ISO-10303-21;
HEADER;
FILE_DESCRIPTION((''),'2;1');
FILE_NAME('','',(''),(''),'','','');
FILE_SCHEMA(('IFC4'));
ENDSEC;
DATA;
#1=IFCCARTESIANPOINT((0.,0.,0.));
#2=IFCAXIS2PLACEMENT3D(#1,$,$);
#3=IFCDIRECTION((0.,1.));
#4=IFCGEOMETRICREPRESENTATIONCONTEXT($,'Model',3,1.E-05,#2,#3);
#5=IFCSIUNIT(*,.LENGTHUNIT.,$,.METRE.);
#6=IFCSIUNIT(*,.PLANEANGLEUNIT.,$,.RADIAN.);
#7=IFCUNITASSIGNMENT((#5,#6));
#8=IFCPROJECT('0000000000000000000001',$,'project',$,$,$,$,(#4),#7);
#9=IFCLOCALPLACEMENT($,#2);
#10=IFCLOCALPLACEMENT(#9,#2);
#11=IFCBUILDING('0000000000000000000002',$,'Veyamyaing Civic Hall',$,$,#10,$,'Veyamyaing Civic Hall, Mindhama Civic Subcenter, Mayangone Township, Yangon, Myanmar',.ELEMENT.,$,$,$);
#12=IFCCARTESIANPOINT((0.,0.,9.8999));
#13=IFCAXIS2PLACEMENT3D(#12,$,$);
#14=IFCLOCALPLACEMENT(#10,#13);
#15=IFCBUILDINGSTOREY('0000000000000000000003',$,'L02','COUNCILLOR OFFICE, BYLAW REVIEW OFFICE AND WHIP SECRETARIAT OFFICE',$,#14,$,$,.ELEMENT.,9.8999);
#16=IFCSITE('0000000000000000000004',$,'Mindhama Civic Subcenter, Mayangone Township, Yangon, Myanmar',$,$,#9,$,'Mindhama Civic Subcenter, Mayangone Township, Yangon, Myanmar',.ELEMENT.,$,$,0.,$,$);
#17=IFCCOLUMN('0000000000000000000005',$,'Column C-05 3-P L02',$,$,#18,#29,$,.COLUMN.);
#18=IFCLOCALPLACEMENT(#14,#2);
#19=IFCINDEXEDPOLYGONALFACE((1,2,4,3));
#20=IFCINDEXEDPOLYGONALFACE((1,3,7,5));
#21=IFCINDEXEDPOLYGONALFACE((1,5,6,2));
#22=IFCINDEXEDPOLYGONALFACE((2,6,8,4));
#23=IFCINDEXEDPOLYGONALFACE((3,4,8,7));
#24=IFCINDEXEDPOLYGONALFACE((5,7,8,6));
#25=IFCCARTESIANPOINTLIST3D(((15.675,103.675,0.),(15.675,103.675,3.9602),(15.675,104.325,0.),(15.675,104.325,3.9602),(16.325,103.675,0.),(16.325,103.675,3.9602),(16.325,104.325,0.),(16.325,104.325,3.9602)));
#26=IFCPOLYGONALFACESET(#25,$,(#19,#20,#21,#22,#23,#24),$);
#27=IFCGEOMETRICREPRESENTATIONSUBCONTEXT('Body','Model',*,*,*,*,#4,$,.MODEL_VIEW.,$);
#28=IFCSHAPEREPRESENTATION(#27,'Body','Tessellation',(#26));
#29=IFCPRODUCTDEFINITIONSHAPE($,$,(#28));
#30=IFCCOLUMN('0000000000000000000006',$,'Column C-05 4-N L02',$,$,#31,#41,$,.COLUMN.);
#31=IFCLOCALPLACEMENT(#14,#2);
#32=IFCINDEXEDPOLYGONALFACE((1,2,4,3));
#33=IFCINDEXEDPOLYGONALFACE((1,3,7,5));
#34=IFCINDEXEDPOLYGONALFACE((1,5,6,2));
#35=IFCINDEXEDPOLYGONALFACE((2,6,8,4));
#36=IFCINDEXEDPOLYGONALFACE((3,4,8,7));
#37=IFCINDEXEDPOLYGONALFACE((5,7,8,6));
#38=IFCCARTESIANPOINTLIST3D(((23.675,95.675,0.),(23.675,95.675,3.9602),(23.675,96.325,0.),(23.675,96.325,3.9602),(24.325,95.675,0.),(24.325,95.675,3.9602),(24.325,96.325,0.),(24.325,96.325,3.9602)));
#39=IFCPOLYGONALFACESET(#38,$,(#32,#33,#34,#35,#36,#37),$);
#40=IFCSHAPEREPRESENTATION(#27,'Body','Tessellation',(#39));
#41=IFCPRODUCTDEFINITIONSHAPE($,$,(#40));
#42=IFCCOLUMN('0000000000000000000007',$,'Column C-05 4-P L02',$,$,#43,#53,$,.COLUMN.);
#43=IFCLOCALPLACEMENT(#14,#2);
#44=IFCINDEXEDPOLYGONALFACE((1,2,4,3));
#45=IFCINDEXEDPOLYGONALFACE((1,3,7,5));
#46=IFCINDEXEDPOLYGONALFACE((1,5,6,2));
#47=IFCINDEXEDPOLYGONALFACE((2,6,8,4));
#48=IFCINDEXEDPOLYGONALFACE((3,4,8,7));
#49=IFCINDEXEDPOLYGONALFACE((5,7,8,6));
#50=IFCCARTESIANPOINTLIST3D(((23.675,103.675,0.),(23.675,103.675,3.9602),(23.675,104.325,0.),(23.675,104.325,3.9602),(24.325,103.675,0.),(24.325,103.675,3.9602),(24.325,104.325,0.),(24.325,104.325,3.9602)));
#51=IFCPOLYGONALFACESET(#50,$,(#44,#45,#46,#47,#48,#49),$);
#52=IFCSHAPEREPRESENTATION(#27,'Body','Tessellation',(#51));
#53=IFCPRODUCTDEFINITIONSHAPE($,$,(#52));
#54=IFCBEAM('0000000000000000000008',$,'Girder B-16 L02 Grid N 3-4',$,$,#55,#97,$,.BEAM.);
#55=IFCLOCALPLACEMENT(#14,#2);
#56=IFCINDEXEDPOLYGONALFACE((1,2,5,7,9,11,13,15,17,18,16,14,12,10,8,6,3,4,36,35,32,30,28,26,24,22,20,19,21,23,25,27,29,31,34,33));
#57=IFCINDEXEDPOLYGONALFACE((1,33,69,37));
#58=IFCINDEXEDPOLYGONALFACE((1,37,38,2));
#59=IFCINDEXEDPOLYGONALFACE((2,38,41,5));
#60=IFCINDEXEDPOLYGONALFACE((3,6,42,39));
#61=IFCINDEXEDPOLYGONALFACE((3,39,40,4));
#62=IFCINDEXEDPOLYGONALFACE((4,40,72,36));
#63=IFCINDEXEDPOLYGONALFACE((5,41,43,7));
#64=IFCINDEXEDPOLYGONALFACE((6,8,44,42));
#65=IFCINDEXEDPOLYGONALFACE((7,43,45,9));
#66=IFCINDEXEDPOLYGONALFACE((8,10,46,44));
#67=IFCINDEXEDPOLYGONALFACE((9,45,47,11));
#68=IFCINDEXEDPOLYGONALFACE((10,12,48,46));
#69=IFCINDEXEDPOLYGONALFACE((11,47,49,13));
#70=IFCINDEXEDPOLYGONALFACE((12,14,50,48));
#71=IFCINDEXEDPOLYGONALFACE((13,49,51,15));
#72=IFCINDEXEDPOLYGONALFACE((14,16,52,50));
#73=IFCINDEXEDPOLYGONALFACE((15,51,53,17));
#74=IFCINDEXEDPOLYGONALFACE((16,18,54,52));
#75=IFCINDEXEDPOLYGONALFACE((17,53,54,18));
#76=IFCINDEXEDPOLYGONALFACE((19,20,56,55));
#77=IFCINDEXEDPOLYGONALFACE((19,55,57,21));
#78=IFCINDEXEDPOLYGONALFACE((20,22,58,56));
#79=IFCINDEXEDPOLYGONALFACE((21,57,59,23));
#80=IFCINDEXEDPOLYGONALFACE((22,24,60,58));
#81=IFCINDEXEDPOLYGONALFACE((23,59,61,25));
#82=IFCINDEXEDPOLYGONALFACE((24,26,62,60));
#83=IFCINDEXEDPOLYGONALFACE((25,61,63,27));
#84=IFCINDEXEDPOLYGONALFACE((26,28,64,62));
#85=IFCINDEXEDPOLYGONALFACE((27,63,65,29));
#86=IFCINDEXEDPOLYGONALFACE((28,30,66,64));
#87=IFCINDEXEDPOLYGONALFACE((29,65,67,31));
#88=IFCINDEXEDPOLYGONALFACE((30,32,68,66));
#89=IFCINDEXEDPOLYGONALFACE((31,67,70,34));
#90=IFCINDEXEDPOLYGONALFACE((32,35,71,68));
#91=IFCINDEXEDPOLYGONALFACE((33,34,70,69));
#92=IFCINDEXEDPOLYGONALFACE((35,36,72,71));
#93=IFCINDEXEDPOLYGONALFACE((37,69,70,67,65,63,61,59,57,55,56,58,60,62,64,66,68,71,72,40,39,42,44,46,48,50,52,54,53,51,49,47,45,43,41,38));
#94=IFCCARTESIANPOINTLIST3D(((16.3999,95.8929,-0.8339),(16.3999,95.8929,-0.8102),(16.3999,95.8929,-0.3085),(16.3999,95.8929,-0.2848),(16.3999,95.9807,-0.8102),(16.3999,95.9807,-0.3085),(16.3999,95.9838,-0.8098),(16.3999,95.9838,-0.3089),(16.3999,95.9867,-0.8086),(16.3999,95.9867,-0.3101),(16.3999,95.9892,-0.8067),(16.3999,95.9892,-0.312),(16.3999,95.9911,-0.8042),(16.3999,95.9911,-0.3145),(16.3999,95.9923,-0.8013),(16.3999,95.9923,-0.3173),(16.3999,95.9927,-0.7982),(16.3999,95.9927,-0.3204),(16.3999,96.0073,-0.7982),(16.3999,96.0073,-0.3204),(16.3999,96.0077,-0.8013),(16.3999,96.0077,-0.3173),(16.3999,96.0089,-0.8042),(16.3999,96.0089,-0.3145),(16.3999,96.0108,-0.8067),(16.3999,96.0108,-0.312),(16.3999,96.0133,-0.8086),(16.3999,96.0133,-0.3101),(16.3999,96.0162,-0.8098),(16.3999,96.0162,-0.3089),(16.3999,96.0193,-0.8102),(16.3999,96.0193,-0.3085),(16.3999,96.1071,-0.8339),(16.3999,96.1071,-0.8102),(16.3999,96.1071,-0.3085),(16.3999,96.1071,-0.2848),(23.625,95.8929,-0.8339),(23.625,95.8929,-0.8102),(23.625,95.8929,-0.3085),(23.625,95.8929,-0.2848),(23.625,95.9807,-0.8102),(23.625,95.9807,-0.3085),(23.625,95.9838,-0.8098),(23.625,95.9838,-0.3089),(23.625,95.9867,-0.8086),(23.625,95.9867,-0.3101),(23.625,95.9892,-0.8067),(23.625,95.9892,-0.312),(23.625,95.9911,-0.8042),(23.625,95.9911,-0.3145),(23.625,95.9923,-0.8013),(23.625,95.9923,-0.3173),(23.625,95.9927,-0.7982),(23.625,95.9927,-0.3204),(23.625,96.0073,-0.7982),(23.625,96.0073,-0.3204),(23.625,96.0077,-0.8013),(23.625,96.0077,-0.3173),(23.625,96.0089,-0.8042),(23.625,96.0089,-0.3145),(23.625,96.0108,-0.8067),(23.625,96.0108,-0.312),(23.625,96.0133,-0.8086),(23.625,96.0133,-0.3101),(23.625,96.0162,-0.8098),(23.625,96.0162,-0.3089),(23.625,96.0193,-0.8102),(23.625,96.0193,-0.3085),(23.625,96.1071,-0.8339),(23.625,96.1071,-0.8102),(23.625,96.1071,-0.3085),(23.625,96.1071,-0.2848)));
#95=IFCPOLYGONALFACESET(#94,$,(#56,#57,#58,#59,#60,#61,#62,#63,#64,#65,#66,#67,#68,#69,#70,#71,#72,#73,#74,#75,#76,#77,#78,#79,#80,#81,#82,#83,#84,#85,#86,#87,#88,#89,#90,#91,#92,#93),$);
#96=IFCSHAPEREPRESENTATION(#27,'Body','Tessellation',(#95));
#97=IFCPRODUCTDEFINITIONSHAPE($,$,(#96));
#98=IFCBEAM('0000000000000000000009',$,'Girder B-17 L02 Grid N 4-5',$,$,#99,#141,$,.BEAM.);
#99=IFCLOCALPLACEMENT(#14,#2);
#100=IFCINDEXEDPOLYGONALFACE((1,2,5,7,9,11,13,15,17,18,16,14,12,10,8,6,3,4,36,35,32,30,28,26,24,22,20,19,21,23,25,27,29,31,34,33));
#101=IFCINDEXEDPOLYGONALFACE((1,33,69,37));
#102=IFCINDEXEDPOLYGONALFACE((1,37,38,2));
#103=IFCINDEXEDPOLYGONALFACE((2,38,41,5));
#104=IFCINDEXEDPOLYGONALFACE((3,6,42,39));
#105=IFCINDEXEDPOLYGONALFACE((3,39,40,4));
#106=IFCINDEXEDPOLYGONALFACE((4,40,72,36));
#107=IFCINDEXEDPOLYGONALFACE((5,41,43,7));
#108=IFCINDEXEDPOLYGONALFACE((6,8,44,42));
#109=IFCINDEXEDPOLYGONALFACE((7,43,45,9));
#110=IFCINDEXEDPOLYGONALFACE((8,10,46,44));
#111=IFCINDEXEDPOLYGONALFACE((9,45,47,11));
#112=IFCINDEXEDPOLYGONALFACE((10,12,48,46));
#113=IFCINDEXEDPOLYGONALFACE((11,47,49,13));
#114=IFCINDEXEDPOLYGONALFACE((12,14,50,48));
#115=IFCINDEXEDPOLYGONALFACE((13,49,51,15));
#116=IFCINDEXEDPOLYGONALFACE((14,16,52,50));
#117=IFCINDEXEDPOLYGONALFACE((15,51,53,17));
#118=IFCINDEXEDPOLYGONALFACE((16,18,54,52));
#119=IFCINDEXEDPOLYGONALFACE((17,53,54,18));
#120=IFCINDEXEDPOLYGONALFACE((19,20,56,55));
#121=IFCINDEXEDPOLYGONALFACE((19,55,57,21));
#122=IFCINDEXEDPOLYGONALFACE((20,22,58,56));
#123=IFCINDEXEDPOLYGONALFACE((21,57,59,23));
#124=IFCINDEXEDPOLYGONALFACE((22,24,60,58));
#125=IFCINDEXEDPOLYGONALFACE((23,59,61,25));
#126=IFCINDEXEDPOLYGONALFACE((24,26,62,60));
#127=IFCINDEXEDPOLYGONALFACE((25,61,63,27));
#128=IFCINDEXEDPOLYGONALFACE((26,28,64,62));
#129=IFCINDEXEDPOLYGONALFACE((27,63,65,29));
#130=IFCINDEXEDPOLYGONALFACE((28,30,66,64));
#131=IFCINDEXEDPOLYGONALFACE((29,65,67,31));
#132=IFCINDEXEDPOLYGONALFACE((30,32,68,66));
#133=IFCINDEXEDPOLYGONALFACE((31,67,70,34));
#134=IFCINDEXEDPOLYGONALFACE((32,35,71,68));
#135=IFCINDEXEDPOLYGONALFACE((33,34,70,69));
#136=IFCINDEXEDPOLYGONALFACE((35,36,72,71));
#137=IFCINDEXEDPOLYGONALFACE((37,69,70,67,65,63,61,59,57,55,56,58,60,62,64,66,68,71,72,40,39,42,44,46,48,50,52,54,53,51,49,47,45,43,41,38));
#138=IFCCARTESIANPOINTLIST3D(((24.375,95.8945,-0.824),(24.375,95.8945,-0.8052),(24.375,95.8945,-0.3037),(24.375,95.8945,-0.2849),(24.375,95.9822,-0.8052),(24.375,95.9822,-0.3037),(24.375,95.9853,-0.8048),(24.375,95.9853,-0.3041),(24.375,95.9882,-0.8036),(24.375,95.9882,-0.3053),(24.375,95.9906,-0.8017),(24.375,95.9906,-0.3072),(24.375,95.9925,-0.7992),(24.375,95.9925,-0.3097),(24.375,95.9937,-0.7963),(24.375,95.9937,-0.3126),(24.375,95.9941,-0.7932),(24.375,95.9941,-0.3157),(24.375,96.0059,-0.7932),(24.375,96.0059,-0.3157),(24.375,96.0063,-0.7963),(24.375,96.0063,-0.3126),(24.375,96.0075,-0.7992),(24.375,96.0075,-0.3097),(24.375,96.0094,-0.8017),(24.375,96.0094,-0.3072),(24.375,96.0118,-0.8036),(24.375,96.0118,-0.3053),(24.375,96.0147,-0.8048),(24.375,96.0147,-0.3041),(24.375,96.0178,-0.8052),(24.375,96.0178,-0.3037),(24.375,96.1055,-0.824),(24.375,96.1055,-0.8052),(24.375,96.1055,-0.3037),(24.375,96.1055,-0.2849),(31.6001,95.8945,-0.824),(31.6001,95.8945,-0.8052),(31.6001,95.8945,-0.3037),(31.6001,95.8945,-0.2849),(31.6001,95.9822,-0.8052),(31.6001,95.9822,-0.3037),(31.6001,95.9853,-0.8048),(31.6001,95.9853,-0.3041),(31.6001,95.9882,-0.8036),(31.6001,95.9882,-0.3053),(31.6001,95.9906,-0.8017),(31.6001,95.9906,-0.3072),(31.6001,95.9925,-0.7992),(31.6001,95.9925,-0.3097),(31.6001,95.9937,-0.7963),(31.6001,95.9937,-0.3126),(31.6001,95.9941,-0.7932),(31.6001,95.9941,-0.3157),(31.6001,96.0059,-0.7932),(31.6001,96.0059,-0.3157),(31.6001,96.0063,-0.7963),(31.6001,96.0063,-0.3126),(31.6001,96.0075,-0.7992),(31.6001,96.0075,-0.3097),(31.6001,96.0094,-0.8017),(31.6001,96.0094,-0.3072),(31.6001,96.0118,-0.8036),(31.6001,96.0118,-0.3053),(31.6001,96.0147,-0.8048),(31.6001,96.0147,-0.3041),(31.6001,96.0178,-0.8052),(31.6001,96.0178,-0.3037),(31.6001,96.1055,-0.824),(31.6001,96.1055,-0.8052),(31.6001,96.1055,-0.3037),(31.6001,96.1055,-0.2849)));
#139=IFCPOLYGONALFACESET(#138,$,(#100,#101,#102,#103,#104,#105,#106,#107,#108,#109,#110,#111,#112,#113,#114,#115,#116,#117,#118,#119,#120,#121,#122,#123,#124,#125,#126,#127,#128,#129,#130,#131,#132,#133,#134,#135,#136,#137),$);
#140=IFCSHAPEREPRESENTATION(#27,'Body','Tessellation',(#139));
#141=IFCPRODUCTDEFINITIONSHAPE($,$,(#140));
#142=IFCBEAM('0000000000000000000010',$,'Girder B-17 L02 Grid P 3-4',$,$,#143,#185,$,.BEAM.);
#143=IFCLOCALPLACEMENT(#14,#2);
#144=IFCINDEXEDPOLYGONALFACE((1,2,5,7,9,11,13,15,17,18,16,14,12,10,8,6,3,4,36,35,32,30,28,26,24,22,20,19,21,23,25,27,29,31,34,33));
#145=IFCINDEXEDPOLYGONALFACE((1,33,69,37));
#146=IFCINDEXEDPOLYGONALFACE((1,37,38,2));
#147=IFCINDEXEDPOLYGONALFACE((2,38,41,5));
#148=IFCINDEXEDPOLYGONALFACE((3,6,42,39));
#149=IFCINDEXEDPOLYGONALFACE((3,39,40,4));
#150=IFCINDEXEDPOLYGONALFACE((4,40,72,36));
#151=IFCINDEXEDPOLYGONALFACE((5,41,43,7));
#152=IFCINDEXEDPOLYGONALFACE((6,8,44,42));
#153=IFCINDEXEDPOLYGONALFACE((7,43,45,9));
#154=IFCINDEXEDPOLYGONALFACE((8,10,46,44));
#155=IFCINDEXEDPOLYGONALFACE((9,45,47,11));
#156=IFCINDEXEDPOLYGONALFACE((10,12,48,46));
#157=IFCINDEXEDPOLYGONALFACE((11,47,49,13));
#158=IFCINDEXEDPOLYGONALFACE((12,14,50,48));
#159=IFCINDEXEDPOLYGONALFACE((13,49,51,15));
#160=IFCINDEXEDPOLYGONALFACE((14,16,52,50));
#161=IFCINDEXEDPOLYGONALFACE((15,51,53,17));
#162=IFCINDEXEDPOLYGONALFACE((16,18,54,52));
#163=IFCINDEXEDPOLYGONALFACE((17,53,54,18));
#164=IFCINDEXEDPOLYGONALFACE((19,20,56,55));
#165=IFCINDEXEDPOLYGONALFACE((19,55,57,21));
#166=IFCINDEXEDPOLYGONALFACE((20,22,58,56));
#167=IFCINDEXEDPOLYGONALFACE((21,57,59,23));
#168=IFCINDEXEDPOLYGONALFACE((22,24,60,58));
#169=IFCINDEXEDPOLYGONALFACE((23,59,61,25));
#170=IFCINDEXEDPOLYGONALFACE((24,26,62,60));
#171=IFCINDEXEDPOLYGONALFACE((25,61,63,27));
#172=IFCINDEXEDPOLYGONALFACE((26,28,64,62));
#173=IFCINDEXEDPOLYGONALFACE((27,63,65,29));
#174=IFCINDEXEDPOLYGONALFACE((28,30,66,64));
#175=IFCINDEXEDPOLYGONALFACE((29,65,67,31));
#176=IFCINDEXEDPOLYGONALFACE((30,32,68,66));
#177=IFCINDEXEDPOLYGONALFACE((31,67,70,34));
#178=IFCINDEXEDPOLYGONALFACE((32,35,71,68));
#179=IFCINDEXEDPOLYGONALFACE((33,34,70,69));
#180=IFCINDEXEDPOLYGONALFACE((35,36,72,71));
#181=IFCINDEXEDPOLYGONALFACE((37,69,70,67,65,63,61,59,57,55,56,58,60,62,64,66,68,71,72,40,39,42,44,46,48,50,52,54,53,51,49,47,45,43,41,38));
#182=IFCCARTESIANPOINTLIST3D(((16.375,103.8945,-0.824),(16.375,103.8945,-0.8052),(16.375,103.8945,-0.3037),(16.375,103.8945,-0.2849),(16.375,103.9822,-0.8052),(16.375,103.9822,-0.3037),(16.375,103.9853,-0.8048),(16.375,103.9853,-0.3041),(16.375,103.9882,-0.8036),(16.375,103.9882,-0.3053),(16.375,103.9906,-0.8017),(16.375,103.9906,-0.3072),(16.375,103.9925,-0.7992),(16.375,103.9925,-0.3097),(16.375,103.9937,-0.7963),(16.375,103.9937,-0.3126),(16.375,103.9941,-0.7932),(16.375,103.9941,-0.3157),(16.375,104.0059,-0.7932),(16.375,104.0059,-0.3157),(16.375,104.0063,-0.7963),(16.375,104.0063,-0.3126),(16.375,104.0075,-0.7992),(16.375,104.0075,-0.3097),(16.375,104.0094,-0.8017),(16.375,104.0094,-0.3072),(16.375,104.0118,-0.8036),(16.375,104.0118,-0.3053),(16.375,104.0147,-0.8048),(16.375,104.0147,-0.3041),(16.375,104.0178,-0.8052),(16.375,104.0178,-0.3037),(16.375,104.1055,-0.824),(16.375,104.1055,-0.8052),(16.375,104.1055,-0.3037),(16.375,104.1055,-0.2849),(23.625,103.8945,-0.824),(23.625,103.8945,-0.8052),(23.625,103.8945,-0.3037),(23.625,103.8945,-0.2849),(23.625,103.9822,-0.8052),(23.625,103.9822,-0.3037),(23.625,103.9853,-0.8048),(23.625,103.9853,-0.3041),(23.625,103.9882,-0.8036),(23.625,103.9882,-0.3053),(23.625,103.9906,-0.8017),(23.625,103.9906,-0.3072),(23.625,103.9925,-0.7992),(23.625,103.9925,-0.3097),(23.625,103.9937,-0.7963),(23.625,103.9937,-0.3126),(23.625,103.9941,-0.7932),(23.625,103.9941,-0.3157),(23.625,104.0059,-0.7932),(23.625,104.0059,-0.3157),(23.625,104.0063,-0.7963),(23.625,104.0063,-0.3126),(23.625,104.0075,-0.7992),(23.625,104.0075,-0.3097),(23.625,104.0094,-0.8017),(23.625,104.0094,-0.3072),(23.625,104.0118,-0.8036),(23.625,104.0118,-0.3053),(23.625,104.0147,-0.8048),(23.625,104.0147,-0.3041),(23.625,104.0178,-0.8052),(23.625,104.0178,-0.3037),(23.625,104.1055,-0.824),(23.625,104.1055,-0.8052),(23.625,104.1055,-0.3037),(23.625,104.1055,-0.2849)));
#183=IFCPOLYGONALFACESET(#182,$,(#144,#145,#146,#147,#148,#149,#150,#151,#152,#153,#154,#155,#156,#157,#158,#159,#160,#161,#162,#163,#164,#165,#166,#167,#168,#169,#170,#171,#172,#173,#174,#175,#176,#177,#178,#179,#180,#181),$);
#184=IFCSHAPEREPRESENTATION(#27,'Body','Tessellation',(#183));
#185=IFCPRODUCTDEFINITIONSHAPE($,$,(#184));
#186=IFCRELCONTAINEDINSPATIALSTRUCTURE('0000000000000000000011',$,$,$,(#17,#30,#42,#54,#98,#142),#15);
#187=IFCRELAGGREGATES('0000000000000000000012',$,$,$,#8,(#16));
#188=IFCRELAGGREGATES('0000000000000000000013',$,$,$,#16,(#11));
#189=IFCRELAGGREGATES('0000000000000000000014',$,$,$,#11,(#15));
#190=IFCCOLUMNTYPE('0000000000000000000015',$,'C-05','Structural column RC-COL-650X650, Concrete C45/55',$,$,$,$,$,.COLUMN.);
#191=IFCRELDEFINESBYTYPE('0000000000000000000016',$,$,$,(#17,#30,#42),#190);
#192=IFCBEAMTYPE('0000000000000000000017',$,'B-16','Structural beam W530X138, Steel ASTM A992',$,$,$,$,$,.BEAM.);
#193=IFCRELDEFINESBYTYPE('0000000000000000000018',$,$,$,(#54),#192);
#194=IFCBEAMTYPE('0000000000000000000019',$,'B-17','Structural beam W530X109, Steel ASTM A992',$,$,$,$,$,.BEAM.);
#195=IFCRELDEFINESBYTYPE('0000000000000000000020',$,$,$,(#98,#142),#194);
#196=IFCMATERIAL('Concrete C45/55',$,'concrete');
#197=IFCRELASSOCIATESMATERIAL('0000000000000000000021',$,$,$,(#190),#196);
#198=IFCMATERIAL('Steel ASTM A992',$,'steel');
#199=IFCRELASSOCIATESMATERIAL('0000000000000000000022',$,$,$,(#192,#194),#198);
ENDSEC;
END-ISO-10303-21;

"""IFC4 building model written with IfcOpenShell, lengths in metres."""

from ifc_helpers import new_model, si_unit, direction, frame, origin, origin_2d, place, context, subcontext, project, spatial, rectangle, i_section, extrude, material, material_profile, profile_set, type_object, element, save


model = new_model("IFC4")

# Units and contexts
model_context = context("Model", 3, precision=1e-05, world=origin(), true_north=direction((0.0, 1.0)))
body_context = subcontext(model_context, "Body", "Model", "MODEL_VIEW")
ifc_project = project(units=[si_unit("LENGTHUNIT", "METRE"), si_unit("PLANEANGLEUNIT", "RADIAN")], contexts=[model_context])

# Site, building, storey
site_placement = place(None, origin())
site = spatial("IfcSite", under=ifc_project, at=site_placement, Name="Mindhama Civic Subcenter, Mayangone Township, Yangon, Myanmar", LongName="Mindhama Civic Subcenter, Mayangone Township, Yangon, Myanmar", CompositionType="ELEMENT", RefElevation=0.0)
building_placement = place(site_placement, origin())
building = spatial("IfcBuilding", under=site, at=building_placement, Name="Veyamyaing Civic Hall", LongName="Veyamyaing Civic Hall, Mindhama Civic Subcenter, Mayangone Township, Yangon, Myanmar", CompositionType="ELEMENT")
storey_placement = place(building_placement, frame((0.0, 0.0, 9.8999)))
storey = spatial("IfcBuildingStorey", under=building, at=storey_placement, Name="L02", Description="COUNCILLOR OFFICE, BYLAW REVIEW OFFICE AND WHIP SECRETARIAT OFFICE", CompositionType="ELEMENT", Elevation=9.8999)

# Columns
ifc_material_1 = material(Name="Concrete C45/55", Category="concrete")
ifc_material_profile_1 = material_profile(ifc_material_1, rectangle(XDim=0.6499, YDim=0.6499, at=origin_2d()), Name="RC-COL-650X650")
ifc_profile_set_1 = profile_set([ifc_material_profile_1], Name="Concrete C45/55")
column_type = type_object("IfcColumnType", Name="C-05", Description="Structural column RC-COL-650X650, Concrete C45/55", PredefinedType="COLUMN", material=ifc_profile_set_1)
for number, where, z_axis, x_axis, name in (
    (1, (16.0, 104.0, 0.0), (0.0, 0.0, 1.0), (1.0, 0.0, 0.0), "Column C-05 3-P L02"),
    (2, (24.0, 96.0, 0.0), (0.0, 0.0, 1.0), (1.0, 0.0, 0.0), "Column C-05 4-N L02"),
    (3, (24.0, 104.0, 0.0), (0.0, 0.0, 1.0), (1.0, 0.0, 0.0), "Column C-05 4-P L02"),
):
    element("IfcColumn", number, at=place(storey_placement, frame(where, z_axis=z_axis, x_axis=x_axis)), inside=storey, type_object=column_type, Name=name, PredefinedType="COLUMN", context=body_context, shape_type="SweptSolid", body=[
        extrude(rectangle(XDim=0.6499, YDim=0.6499, at=origin_2d()), origin(), (0.0, 0.0, 1.0), 3.9602),
    ])

# Beams
ifc_material_2 = material(Name="Steel ASTM A992", Category="steel")
ifc_material_profile_2 = material_profile(ifc_material_2, i_section(OverallWidth=0.2141, OverallDepth=0.5491, WebThickness=0.0146, FlangeThickness=0.0237, FilletRadius=0.012, at=origin_2d()), Name="W530X138")
ifc_profile_set_2 = profile_set([ifc_material_profile_2], Name="Steel ASTM A992")
beam_type_1 = type_object("IfcBeamType", Name="B-16", Description="Structural beam W530X138, Steel ASTM A992", PredefinedType="BEAM", material=ifc_profile_set_2)
beam_1_placement = place(storey_placement, frame((16.3999, 96.0, -0.5593), z_axis=(1.0, 0.0, 0.0), x_axis=(0.0, 1.0, 0.0)))
element("IfcBeam", 4, at=beam_1_placement, inside=storey, type_object=beam_type_1, Name="Girder B-16 L02 Grid N 3-4", PredefinedType="BEAM", context=body_context, shape_type="SweptSolid", body=[
    extrude(i_section(OverallWidth=0.2141, OverallDepth=0.5491, WebThickness=0.0146, FlangeThickness=0.0237, FilletRadius=0.012, at=origin_2d()), origin(), (0.0, 0.0, 1.0), 7.2251),
])
ifc_material_profile_3 = material_profile(ifc_material_2, i_section(OverallWidth=0.2109, OverallDepth=0.5391, WebThickness=0.0117, FlangeThickness=0.0188, FilletRadius=0.012, at=origin_2d()), Name="W530X109")
ifc_profile_set_3 = profile_set([ifc_material_profile_3], Name="Steel ASTM A992")
beam_type_2 = type_object("IfcBeamType", Name="B-17", Description="Structural beam W530X109, Steel ASTM A992", PredefinedType="BEAM", material=ifc_profile_set_3)
beam_2_placement = place(storey_placement, frame((24.375, 96.0, -0.5544), z_axis=(1.0, 0.0, 0.0), x_axis=(0.0, 1.0, 0.0)))
element("IfcBeam", 5, at=beam_2_placement, inside=storey, type_object=beam_type_2, Name="Girder B-17 L02 Grid N 4-5", PredefinedType="BEAM", context=body_context, shape_type="SweptSolid", body=[
    extrude(i_section(OverallWidth=0.2109, OverallDepth=0.5391, WebThickness=0.0117, FlangeThickness=0.0188, FilletRadius=0.012, at=origin_2d()), origin(), (0.0, 0.0, 1.0), 7.2251),
])
beam_3_placement = place(storey_placement, frame((16.375, 104.0, -0.5544), z_axis=(1.0, 0.0, 0.0), x_axis=(0.0, 1.0, 0.0)))
element("IfcBeam", 6, at=beam_3_placement, inside=storey, type_object=beam_type_2, Name="Girder B-17 L02 Grid P 3-4", PredefinedType="BEAM", context=body_context, shape_type="SweptSolid", body=[
    extrude(i_section(OverallWidth=0.2109, OverallDepth=0.5391, WebThickness=0.0117, FlangeThickness=0.0188, FilletRadius=0.012, at=origin_2d()), origin(), (0.0, 0.0, 1.0), 7.25),
])

save(model, "model.ifc")
